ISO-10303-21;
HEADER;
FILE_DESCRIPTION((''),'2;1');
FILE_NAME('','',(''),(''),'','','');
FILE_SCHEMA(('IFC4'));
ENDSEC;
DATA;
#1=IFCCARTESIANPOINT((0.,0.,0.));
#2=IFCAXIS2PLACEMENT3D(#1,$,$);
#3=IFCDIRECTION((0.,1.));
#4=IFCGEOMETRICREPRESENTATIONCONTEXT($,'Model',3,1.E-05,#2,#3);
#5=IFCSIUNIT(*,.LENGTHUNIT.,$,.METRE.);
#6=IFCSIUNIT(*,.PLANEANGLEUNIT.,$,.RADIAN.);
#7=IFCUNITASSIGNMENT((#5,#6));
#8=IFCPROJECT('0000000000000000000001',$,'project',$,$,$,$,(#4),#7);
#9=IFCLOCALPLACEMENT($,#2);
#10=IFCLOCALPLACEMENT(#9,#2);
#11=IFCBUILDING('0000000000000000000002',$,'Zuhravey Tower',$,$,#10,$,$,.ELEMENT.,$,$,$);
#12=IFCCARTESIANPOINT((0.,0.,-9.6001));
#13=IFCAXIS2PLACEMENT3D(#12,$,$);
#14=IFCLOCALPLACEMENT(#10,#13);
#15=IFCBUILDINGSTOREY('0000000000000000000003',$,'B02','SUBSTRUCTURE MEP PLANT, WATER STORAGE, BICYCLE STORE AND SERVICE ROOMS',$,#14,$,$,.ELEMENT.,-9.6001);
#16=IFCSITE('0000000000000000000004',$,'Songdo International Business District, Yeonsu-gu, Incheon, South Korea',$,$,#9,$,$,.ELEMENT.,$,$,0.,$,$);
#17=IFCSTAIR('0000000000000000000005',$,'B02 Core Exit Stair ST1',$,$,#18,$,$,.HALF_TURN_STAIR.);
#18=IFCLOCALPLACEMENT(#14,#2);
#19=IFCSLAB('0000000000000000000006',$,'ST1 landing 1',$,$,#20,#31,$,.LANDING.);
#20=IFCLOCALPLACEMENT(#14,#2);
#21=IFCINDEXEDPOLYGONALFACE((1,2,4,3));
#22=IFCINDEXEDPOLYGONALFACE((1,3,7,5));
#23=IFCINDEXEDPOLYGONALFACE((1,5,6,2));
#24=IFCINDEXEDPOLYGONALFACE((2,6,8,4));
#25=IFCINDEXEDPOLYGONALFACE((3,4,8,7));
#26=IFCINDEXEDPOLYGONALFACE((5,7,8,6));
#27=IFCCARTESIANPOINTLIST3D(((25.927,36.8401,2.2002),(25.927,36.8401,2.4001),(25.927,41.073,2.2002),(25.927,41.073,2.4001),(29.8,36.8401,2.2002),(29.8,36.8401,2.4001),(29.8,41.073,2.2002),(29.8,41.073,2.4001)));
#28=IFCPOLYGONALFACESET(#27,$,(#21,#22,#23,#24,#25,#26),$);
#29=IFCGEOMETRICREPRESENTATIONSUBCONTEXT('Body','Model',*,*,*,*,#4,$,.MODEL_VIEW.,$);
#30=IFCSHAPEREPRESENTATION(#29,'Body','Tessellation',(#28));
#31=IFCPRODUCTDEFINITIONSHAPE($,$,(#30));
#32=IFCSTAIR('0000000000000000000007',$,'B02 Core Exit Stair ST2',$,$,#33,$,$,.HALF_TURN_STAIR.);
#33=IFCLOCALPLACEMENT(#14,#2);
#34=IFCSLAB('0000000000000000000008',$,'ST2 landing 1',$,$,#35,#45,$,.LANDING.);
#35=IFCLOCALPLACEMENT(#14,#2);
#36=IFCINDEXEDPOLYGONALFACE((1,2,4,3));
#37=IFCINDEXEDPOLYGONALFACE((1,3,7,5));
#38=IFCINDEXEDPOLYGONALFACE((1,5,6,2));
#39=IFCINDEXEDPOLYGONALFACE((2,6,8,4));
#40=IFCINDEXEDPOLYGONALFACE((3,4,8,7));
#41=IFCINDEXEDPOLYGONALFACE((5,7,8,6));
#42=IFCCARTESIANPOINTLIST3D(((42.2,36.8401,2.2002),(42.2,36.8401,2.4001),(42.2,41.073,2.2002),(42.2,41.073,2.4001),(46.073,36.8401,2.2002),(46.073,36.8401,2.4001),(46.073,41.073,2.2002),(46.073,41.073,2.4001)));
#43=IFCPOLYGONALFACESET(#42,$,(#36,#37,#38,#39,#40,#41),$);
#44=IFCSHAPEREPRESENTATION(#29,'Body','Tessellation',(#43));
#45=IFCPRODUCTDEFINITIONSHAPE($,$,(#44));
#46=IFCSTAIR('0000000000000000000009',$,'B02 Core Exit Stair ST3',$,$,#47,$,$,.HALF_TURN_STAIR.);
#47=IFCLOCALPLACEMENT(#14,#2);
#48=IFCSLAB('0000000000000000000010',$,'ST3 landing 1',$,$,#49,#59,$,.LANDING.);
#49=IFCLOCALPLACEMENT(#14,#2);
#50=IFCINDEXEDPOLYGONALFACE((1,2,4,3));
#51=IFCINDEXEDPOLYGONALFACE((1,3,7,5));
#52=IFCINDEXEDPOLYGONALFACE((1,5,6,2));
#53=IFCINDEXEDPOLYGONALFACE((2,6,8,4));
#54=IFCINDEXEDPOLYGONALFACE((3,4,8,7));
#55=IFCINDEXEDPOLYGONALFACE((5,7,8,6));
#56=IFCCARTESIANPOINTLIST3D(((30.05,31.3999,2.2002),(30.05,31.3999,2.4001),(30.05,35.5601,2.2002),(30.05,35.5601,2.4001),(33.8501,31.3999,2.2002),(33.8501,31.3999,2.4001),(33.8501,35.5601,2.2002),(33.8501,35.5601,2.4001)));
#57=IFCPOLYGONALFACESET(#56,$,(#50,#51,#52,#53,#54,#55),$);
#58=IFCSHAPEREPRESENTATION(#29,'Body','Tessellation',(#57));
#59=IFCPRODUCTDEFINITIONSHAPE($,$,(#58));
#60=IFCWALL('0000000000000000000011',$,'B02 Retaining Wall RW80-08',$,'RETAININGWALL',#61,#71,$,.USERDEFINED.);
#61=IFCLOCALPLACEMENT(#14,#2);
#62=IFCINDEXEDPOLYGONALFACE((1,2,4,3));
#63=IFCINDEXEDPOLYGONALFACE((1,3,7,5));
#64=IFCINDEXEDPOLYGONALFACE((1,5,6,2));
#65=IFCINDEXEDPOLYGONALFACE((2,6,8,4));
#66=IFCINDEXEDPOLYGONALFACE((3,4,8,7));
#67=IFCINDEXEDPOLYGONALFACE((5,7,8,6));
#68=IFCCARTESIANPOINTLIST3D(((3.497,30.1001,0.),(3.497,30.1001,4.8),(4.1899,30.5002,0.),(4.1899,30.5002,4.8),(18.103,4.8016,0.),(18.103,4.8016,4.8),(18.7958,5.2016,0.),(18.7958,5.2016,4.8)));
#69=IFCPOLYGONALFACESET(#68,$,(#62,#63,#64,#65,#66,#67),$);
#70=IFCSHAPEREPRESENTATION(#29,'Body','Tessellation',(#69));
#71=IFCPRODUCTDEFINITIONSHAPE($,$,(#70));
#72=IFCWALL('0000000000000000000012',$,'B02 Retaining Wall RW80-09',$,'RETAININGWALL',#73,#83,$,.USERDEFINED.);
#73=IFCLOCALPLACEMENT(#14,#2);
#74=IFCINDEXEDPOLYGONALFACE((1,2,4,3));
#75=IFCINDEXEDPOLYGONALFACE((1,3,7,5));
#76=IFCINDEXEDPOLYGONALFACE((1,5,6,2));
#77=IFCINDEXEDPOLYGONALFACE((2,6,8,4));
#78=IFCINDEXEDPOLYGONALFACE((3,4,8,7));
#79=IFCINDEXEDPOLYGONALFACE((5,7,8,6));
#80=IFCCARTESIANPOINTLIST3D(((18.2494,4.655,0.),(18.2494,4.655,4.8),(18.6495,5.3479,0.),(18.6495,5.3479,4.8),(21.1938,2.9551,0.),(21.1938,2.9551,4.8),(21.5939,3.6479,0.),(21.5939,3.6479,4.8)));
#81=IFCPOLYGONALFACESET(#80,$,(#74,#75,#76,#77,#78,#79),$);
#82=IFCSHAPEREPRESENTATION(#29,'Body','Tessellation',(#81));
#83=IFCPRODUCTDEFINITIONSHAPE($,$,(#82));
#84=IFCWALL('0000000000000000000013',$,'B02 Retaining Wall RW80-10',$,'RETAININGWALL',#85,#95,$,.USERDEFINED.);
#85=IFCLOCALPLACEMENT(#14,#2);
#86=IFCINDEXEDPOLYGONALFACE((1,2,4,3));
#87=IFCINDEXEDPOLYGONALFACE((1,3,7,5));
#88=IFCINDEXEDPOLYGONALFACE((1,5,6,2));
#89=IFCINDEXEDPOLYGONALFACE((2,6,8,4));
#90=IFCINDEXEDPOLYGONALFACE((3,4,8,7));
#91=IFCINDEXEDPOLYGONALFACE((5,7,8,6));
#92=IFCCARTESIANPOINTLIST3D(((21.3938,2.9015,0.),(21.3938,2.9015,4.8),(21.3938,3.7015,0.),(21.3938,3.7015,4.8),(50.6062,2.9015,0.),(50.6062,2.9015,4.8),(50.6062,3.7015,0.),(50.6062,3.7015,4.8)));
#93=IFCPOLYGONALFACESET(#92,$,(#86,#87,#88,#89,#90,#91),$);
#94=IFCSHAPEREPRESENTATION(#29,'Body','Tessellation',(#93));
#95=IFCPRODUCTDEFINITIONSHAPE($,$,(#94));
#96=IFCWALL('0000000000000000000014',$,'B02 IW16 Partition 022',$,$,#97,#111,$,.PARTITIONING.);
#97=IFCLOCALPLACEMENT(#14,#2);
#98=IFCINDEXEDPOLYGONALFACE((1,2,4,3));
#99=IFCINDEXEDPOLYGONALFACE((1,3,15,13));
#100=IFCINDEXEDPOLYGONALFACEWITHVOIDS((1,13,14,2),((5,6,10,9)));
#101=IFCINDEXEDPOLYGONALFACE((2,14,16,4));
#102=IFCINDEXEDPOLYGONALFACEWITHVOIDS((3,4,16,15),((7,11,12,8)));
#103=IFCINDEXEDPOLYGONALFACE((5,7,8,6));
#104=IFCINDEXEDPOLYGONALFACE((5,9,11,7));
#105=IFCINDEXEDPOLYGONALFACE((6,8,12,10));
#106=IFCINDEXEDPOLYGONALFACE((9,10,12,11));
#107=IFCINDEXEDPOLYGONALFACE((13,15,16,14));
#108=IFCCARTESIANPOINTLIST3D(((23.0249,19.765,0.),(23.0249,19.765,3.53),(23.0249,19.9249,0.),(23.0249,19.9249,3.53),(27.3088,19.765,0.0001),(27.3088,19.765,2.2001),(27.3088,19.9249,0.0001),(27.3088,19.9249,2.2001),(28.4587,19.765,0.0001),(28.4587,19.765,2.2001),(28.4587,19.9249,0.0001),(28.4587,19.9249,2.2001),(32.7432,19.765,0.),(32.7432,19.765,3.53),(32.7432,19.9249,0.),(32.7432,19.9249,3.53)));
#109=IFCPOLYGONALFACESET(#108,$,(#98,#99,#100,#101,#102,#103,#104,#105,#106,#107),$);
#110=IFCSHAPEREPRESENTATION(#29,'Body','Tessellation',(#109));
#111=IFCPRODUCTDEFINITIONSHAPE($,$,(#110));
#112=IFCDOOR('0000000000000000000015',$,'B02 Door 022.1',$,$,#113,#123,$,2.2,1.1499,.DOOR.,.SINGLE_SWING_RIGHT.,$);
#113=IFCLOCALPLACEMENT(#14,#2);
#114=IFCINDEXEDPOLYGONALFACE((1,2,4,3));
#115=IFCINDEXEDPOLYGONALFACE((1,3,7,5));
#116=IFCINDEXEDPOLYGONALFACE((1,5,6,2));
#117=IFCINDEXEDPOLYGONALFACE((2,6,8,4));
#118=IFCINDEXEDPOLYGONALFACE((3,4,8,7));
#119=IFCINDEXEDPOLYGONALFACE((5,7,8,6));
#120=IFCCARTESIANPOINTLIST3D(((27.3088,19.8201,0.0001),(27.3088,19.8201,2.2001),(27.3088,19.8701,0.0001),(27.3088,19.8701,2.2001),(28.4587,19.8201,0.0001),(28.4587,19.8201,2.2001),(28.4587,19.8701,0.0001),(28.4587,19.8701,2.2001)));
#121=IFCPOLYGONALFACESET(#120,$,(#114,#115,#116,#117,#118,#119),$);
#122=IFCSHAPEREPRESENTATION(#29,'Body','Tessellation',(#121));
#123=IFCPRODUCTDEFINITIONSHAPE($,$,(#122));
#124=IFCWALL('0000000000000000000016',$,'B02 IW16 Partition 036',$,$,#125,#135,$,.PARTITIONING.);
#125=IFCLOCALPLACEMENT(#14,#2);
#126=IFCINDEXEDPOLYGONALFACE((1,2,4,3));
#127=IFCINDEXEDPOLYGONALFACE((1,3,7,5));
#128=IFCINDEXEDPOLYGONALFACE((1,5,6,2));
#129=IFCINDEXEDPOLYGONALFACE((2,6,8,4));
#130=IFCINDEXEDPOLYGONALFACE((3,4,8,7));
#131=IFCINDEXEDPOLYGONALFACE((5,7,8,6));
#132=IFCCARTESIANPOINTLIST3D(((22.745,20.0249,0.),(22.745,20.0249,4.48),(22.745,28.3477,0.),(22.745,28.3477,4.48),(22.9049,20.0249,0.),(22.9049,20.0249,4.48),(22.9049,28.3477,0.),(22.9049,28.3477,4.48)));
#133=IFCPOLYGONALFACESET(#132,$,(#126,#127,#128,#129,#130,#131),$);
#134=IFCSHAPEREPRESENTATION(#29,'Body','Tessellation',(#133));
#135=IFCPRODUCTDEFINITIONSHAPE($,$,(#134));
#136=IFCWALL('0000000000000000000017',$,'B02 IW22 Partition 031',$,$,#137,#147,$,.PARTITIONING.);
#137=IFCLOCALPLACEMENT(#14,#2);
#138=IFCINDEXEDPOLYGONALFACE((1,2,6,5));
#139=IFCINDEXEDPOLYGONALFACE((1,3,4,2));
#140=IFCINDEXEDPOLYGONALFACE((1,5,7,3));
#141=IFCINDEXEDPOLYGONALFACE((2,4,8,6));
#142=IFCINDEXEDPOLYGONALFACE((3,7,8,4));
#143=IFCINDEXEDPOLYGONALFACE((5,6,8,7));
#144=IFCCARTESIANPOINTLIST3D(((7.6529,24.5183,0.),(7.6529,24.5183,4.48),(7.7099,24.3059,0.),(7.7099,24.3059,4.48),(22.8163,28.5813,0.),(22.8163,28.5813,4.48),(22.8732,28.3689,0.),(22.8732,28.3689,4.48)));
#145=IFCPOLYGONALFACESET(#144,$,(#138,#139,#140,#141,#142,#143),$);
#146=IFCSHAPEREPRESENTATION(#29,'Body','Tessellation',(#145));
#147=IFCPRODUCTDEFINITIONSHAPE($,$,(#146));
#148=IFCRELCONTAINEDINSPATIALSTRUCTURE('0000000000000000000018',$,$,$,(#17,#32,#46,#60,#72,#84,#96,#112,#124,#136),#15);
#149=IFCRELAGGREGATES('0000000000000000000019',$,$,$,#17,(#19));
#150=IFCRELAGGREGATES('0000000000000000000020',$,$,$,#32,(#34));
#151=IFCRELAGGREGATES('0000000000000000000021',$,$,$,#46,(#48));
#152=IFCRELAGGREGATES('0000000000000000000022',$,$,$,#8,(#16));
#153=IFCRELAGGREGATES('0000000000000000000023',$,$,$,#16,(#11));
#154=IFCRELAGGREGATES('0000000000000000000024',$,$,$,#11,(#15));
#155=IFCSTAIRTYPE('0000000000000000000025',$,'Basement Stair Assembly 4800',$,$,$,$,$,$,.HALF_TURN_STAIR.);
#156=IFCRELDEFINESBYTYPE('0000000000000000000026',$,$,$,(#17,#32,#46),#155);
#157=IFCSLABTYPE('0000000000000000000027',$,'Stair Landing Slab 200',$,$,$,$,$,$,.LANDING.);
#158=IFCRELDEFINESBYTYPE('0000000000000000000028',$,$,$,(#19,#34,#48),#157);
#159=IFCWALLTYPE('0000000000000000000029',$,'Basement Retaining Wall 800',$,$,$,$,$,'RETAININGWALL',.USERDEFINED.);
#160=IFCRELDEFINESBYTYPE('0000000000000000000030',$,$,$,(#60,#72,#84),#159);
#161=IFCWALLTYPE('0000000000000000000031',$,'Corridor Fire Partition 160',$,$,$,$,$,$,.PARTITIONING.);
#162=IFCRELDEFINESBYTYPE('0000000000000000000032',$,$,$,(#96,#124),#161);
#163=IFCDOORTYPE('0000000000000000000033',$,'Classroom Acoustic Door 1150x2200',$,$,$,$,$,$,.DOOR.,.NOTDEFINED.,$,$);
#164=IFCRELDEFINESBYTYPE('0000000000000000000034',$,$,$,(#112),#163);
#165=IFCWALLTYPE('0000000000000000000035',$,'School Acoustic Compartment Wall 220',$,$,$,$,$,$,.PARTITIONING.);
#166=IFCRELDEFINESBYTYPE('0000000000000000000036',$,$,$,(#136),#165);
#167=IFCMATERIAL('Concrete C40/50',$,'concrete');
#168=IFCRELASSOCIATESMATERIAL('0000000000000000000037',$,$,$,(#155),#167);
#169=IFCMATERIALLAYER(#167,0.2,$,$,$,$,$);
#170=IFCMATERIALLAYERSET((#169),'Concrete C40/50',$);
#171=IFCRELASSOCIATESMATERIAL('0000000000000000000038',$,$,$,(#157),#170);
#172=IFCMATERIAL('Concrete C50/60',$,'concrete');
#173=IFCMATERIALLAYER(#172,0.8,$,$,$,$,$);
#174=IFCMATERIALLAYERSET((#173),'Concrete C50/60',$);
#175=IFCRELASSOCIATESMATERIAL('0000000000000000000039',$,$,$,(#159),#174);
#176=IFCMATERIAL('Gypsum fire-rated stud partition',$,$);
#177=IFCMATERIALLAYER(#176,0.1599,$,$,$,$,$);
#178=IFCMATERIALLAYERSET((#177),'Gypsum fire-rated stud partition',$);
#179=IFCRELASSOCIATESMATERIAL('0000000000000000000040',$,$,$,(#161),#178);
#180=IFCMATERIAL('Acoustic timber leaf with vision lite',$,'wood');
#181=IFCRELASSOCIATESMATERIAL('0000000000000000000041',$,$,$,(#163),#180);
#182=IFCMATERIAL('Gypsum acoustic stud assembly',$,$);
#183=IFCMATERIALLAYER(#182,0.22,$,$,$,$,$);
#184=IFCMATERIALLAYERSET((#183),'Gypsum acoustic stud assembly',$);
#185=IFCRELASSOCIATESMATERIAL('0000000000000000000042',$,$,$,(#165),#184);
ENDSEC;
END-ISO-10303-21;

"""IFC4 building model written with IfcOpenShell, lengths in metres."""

from ifc_helpers import new_model, si_unit, direction, frame, frame_2d, origin, place, context, subcontext, project, spatial, polyline, rectangle, outline, extrude, material, layer, layer_set, type_object, element, fill, aggregate, save


model = new_model("IFC4")

# Units and contexts
model_context = context("Model", 3, precision=1e-05, world=origin(), true_north=direction((0.0, 1.0)))
body_context = subcontext(model_context, "Body", "Model", "MODEL_VIEW")
ifc_project = project(units=[si_unit("LENGTHUNIT", "METRE"), si_unit("PLANEANGLEUNIT", "RADIAN")], contexts=[model_context])

# Site, building, storey
site_placement = place(None, origin())
site = spatial("IfcSite", under=ifc_project, at=site_placement, Name="Songdo International Business District, Yeonsu-gu, Incheon, South Korea", CompositionType="ELEMENT", RefElevation=0.0)
building_placement = place(site_placement, origin())
building = spatial("IfcBuilding", under=site, at=building_placement, Name="Zuhravey Tower", CompositionType="ELEMENT")
storey_placement = place(building_placement, frame((0.0, 0.0, -9.6001)))
storey = spatial("IfcBuildingStorey", under=building, at=storey_placement, Name="B02", Description="SUBSTRUCTURE MEP PLANT, WATER STORAGE, BICYCLE STORE AND SERVICE ROOMS", CompositionType="ELEMENT", Elevation=-9.6001)

# Shared definitions
ifc_material_1 = material(Name="Concrete C50/60", Category="concrete")

# Stairs, slabs
ifc_material_2 = material(Name="Concrete C40/50", Category="concrete")
stair_type = type_object("IfcStairType", Name="Basement Stair Assembly 4800", PredefinedType="HALF_TURN_STAIR", material=ifc_material_2)
stair_1_placement = place(storey_placement, origin())
stair_1 = element("IfcStair", 1, at=stair_1_placement, inside=storey, type_object=stair_type, Name="B02 Core Exit Stair ST1", PredefinedType="HALF_TURN_STAIR")
ifc_layer_1 = layer(ifc_material_2, 0.2)
ifc_layer_set_1 = layer_set([ifc_layer_1], Name="Concrete C40/50")
slab_type_1 = type_object("IfcSlabType", Name="Stair Landing Slab 200", PredefinedType="LANDING", material=ifc_layer_set_1)
slab_1_placement = place(storey_placement, frame((0.0, 0.0, 2.2002)))
slab_1 = element("IfcSlab", 2, at=slab_1_placement, type_object=slab_type_1, Name="ST1 landing 1", PredefinedType="LANDING", context=body_context, shape_type="SweptSolid", body=[
    extrude(outline(polyline([(29.8, 36.8401), (29.8, 41.073), (25.927, 41.073), (25.927, 36.8401), (29.8, 36.8401)])), origin(), (0.0, 0.0, 1.0), 0.2),
])
aggregate(stair_1, [slab_1])
stair_2_placement = place(storey_placement, origin())
stair_2 = element("IfcStair", 3, at=stair_2_placement, inside=storey, type_object=stair_type, Name="B02 Core Exit Stair ST2", PredefinedType="HALF_TURN_STAIR")
slab_2_placement = place(storey_placement, frame((0.0, 0.0, 2.2002)))
slab_2 = element("IfcSlab", 4, at=slab_2_placement, type_object=slab_type_1, Name="ST2 landing 1", PredefinedType="LANDING", context=body_context, shape_type="SweptSolid", body=[
    extrude(outline(polyline([(46.073, 36.8401), (46.073, 41.073), (42.2, 41.073), (42.2, 36.8401), (46.073, 36.8401)])), origin(), (0.0, 0.0, 1.0), 0.2),
])
aggregate(stair_2, [slab_2])
stair_3_placement = place(storey_placement, origin())
stair_3 = element("IfcStair", 5, at=stair_3_placement, inside=storey, type_object=stair_type, Name="B02 Core Exit Stair ST3", PredefinedType="HALF_TURN_STAIR")
slab_3_placement = place(storey_placement, frame((0.0, 0.0, 2.2002)))
slab_3 = element("IfcSlab", 6, at=slab_3_placement, type_object=slab_type_1, Name="ST3 landing 1", PredefinedType="LANDING", context=body_context, shape_type="SweptSolid", body=[
    extrude(outline(polyline([(30.05, 35.5601), (30.05, 31.3999), (33.8501, 31.3999), (33.8501, 35.5601), (30.05, 35.5601)])), origin(), (0.0, 0.0, 1.0), 0.2),
])
aggregate(stair_3, [slab_3])

# Walls
ifc_layer_2 = layer(ifc_material_1, 0.8)
ifc_layer_set_2 = layer_set([ifc_layer_2], Name="Concrete C50/60")
wall_type_1 = type_object("IfcWallType", Name="Basement Retaining Wall 800", ElementType="RETAININGWALL", PredefinedType="USERDEFINED", material=ifc_layer_set_2)
wall_1_placement = place(storey_placement, frame((3.8435, 30.3, 0.0), z_axis=(0.0, 0.0, 1.0), x_axis=(0.499995, -0.866028, 0.0)))
element("IfcWall", 7, at=wall_1_placement, inside=storey, type_object=wall_type_1, Name="B02 Retaining Wall RW80-08", ObjectType="RETAININGWALL", PredefinedType="USERDEFINED", context=body_context, shape_type="SweptSolid", body=[
    extrude(rectangle(XDim=29.2122, YDim=0.8, at=frame_2d((14.606, 0.0))), origin(), (0.0, 0.0, 1.0), 4.8),
])
wall_2_placement = place(storey_placement, frame((18.4495, 5.0015, 0.0), z_axis=(0.0, 0.0, 1.0), x_axis=(0.866021, -0.500008, 0.0)))
element("IfcWall", 8, at=wall_2_placement, inside=storey, type_object=wall_type_1, Name="B02 Retaining Wall RW80-09", ObjectType="RETAININGWALL", PredefinedType="USERDEFINED", context=body_context, shape_type="SweptSolid", body=[
    extrude(rectangle(XDim=3.3999, YDim=0.8, at=frame_2d((1.7, 0.0))), origin(), (0.0, 0.0, 1.0), 4.8),
])
wall_3_placement = place(storey_placement, frame((21.3938, 3.3015, 0.0), z_axis=(0.0, 0.0, 1.0), x_axis=(1.0, 0.0, 0.0)))
element("IfcWall", 9, at=wall_3_placement, inside=storey, type_object=wall_type_1, Name="B02 Retaining Wall RW80-10", ObjectType="RETAININGWALL", PredefinedType="USERDEFINED", context=body_context, shape_type="SweptSolid", body=[
    extrude(rectangle(XDim=29.2124, YDim=0.8, at=frame_2d((14.6062, 0.0))), origin(), (0.0, 0.0, 1.0), 4.8),
])

# Wall, opening, door
ifc_material_3 = material(Name="Gypsum fire-rated stud partition")
ifc_layer_3 = layer(ifc_material_3, 0.1599)
ifc_layer_set_3 = layer_set([ifc_layer_3], Name="Gypsum fire-rated stud partition")
wall_type_2 = type_object("IfcWallType", Name="Corridor Fire Partition 160", PredefinedType="PARTITIONING", material=ifc_layer_set_3)
wall_4_placement = place(storey_placement, frame((23.0249, 19.845, 0.0), z_axis=(0.0, 0.0, 1.0), x_axis=(1.0, 0.0, 0.0)))
wall_4 = element("IfcWall", 10, at=wall_4_placement, inside=storey, type_object=wall_type_2, Name="B02 IW16 Partition 022", PredefinedType="PARTITIONING", context=body_context, shape_type="SweptSolid", body=[
    extrude(rectangle(XDim=9.7183, YDim=0.1599, at=frame_2d((4.8591, 0.0))), origin(), (0.0, 0.0, 1.0), 3.53),
])
opening_placement = place(wall_4_placement, frame((4.2839, 0.0, 0.0)))
opening = element("IfcOpeningElement", 11, at=opening_placement, cuts=wall_4, PredefinedType="OPENING", context=body_context, shape_type="SweptSolid", body=[
    extrude(rectangle(XDim=1.1499, YDim=2.2, at=frame_2d((0.575, 1.1001))), frame((0.0, 0.092, 0.0), z_axis=(0.0, -1.0, 0.0), x_axis=(1.0, 0.0, 0.0)), (0.0, 0.0, 1.0), 0.1838),
])
ifc_material_4 = material(Name="Acoustic timber leaf with vision lite", Category="wood")
door_type = type_object("IfcDoorType", Name="Classroom Acoustic Door 1150x2200", OperationType="NOTDEFINED", PredefinedType="DOOR", material=ifc_material_4)
door_placement = place(opening_placement, frame((1.1499, 0.0, 0.0), z_axis=(0.0, 0.0, 1.0), x_axis=(-1.0, 0.0, 0.0)))
door = element("IfcDoor", 12, at=door_placement, inside=storey, type_object=door_type, Name="B02 Door 022.1", OperationType="SINGLE_SWING_RIGHT", OverallHeight=2.2, OverallWidth=1.1499, PredefinedType="DOOR", context=body_context, shape_type="SweptSolid", body=[
    extrude(rectangle(XDim=1.1499, YDim=2.2, at=frame_2d((0.575, 1.1001))), frame((0.0, 0.0249, 0.0), z_axis=(0.0, -1.0, 0.0), x_axis=(1.0, 0.0, 0.0)), (0.0, 0.0, 1.0), 0.05),
])
fill(opening, door)

# Walls
wall_5_placement = place(storey_placement, frame((22.825, 28.3477, 0.0), z_axis=(0.0, 0.0, 1.0), x_axis=(0.0, -1.0, 0.0)))
element("IfcWall", 13, at=wall_5_placement, inside=storey, type_object=wall_type_2, Name="B02 IW16 Partition 036", PredefinedType="PARTITIONING", context=body_context, shape_type="SweptSolid", body=[
    extrude(rectangle(XDim=8.3228, YDim=0.1599, at=frame_2d((4.1614, 0.0))), origin(), (0.0, 0.0, 1.0), 4.48),
])
ifc_material_5 = material(Name="Gypsum acoustic stud assembly")
ifc_layer_4 = layer(ifc_material_5, 0.22)
ifc_layer_set_4 = layer_set([ifc_layer_4], Name="Gypsum acoustic stud assembly")
wall_type_3 = type_object("IfcWallType", Name="School Acoustic Compartment Wall 220", PredefinedType="PARTITIONING", material=ifc_layer_set_4)
wall_6_placement = place(storey_placement, frame((22.8447, 28.4751, 0.0), z_axis=(0.0, 0.0, 1.0), x_axis=(-0.965926, -0.258818, 0.0)))
element("IfcWall", 14, at=wall_6_placement, inside=storey, type_object=wall_type_3, Name="B02 IW22 Partition 031", PredefinedType="PARTITIONING", context=body_context, shape_type="SweptSolid", body=[
    extrude(rectangle(XDim=15.6982, YDim=0.22, at=frame_2d((7.8491, 0.0))), origin(), (0.0, 0.0, 1.0), 4.48),
])

save(model, "model.ifc")
